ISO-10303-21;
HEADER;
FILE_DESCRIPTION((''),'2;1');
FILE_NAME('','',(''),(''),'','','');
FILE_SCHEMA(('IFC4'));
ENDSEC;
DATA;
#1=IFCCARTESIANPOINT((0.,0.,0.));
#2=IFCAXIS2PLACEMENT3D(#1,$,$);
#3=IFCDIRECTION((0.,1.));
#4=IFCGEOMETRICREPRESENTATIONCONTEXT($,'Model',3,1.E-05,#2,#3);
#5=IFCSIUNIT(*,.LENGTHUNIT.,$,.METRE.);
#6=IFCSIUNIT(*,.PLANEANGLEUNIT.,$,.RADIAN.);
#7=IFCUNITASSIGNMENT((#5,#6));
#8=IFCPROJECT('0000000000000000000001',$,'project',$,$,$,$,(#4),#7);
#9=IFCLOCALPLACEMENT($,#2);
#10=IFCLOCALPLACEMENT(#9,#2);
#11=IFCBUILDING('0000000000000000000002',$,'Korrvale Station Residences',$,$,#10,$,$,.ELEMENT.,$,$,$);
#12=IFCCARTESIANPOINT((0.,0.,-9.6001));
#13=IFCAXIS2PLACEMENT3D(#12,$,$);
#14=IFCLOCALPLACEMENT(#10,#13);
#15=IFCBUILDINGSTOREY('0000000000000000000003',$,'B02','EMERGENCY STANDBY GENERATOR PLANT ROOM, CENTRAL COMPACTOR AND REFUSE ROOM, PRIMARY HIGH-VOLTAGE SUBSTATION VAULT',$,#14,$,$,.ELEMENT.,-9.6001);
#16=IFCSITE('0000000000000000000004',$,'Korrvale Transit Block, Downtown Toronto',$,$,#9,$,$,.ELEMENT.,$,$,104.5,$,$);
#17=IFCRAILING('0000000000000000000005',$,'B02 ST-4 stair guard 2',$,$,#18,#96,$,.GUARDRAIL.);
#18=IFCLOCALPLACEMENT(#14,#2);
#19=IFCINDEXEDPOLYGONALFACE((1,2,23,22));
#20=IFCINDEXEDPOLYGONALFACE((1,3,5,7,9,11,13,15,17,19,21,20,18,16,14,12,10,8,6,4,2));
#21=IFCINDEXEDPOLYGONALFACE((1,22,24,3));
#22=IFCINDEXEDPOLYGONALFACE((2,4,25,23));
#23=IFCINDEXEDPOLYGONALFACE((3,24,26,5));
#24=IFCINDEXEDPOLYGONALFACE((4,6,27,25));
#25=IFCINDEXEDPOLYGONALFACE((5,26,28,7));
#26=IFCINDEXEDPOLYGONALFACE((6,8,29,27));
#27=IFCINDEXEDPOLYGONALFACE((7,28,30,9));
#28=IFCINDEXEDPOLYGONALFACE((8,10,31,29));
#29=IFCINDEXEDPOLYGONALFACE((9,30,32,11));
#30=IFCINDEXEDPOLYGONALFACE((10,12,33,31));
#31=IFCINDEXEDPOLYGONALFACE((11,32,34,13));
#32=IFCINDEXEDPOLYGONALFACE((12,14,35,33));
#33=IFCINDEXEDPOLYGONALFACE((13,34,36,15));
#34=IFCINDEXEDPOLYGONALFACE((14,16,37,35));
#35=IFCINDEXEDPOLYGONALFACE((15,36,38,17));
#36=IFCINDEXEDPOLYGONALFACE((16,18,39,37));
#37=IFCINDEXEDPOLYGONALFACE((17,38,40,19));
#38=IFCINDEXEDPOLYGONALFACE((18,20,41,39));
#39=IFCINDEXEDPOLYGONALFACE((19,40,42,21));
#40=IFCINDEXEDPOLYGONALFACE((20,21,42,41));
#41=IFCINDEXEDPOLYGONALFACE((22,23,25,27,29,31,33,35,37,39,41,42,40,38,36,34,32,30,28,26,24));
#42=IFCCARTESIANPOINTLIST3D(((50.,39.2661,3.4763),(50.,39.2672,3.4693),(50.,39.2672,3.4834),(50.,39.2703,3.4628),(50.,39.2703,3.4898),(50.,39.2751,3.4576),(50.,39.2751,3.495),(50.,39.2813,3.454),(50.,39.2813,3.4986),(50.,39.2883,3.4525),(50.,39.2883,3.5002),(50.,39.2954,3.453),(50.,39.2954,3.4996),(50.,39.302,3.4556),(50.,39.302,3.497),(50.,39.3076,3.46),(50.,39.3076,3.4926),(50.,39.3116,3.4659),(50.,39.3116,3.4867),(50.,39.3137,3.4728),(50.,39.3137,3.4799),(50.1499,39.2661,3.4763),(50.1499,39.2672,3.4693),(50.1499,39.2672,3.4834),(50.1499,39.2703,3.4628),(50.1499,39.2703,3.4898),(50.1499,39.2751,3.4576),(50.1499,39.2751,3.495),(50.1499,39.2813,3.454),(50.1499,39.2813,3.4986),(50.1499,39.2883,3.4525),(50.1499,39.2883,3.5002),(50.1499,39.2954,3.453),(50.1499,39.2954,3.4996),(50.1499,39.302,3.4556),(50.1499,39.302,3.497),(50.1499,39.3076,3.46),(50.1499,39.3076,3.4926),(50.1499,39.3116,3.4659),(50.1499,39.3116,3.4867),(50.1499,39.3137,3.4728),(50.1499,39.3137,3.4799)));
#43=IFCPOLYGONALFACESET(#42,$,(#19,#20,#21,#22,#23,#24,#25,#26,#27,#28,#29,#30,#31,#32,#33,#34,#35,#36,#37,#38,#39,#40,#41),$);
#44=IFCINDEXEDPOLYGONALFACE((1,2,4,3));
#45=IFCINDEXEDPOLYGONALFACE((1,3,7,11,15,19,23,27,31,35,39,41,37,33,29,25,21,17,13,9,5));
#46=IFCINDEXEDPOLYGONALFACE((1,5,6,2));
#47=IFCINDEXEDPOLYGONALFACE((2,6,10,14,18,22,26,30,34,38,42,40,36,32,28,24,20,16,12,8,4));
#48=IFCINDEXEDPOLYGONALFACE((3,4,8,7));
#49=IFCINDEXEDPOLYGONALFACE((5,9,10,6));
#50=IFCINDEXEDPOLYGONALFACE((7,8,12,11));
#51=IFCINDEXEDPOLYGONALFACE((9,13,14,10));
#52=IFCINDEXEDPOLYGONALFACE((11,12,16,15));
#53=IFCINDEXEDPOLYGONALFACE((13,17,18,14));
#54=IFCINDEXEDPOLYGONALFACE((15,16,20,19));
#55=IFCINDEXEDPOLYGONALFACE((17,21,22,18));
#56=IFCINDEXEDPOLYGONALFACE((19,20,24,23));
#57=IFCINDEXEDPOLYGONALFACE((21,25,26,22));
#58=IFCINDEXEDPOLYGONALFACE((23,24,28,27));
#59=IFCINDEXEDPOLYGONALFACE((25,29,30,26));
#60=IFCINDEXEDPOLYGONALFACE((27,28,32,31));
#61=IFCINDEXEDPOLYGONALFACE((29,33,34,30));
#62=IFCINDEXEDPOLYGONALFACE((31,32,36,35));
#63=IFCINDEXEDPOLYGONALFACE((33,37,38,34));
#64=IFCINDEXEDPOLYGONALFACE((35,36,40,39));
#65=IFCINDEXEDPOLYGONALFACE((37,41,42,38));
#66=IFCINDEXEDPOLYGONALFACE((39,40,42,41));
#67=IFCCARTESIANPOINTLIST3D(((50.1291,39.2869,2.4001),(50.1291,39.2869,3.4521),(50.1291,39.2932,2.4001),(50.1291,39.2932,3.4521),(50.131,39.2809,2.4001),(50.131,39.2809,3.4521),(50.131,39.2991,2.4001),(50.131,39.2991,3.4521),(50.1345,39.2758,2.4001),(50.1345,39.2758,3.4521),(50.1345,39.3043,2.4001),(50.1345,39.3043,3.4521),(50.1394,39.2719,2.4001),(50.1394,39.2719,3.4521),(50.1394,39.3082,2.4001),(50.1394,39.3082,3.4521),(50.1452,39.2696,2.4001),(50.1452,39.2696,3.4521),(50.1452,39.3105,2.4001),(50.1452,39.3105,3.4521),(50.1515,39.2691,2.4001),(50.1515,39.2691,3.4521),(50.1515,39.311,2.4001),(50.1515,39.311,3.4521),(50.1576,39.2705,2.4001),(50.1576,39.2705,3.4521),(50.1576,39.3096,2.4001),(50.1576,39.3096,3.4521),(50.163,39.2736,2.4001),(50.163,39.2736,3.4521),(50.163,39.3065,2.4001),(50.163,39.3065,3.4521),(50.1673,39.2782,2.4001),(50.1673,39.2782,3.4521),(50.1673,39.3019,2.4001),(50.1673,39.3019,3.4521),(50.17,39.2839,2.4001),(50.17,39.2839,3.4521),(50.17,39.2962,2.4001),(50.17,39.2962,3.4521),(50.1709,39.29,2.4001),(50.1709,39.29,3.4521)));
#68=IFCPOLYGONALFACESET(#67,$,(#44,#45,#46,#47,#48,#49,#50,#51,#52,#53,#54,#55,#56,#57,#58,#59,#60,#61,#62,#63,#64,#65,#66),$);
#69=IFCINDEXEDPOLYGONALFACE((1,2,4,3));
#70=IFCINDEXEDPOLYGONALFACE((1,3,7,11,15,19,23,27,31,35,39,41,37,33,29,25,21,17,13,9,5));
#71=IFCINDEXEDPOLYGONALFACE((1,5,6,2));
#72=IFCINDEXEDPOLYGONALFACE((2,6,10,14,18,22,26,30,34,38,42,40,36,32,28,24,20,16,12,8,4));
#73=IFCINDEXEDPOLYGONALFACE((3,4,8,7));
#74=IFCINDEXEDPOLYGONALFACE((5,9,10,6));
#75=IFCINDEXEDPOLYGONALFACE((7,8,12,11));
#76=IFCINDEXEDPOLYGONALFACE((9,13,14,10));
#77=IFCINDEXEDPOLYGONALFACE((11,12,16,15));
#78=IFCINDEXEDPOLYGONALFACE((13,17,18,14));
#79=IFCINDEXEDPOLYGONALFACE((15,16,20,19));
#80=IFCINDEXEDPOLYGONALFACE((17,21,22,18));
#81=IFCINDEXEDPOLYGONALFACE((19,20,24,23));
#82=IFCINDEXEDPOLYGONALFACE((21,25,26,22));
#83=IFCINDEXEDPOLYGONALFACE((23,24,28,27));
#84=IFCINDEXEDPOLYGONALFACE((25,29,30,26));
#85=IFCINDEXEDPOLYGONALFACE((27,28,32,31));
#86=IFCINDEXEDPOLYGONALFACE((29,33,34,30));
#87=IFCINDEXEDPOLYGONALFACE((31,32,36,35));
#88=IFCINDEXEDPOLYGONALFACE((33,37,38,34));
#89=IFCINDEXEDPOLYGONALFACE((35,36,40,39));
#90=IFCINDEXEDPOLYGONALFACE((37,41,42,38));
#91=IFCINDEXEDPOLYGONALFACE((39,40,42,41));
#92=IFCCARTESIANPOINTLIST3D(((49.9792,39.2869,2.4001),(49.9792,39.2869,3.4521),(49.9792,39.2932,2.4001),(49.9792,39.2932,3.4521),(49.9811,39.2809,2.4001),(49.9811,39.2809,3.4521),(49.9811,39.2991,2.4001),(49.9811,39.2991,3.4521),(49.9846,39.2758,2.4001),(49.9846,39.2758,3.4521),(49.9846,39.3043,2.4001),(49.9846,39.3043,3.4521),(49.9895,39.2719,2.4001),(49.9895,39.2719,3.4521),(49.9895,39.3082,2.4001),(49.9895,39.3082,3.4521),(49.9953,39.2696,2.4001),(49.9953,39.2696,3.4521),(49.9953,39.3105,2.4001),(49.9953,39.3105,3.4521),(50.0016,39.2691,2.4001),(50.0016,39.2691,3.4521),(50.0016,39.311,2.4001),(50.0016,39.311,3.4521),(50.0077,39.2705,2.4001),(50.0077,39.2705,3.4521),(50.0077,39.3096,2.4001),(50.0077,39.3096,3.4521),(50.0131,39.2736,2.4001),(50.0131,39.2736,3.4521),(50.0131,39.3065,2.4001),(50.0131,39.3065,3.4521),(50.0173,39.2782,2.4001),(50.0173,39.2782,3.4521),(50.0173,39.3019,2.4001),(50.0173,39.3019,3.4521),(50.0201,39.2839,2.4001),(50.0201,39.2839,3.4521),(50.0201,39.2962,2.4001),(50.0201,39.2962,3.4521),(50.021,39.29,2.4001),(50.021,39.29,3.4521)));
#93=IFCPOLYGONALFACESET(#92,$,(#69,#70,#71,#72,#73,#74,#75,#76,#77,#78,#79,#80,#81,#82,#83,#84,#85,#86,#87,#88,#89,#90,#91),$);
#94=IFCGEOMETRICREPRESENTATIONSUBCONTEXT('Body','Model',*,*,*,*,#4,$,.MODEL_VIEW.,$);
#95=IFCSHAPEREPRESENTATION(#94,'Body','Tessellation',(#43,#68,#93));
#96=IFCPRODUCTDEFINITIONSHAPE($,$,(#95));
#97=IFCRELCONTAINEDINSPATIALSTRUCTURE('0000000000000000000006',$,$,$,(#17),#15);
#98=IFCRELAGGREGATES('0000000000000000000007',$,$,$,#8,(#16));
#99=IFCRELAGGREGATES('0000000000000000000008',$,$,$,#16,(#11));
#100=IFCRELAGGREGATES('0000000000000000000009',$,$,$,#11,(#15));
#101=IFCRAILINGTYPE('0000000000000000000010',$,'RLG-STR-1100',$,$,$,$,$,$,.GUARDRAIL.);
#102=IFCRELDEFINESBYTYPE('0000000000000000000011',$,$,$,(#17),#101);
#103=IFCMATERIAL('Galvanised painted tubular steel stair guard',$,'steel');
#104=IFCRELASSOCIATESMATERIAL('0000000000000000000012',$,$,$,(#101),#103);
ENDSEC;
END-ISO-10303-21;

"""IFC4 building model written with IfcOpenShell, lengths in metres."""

from ifc_helpers import new_model, si_unit, direction, frame, origin, origin_2d, place, context, subcontext, project, spatial, circle, extrude, material, type_object, element, save


model = new_model("IFC4")

# Units and contexts
model_context = context("Model", 3, precision=1e-05, world=origin(), true_north=direction((0.0, 1.0)))
body_context = subcontext(model_context, "Body", "Model", "MODEL_VIEW")
ifc_project = project(units=[si_unit("LENGTHUNIT", "METRE"), si_unit("PLANEANGLEUNIT", "RADIAN")], contexts=[model_context])

# Site, building, storey
site_placement = place(None, origin())
site = spatial("IfcSite", under=ifc_project, at=site_placement, Name="Korrvale Transit Block, Downtown Toronto", CompositionType="ELEMENT", RefElevation=104.5)
building_placement = place(site_placement, origin())
building = spatial("IfcBuilding", under=site, at=building_placement, Name="Korrvale Station Residences", CompositionType="ELEMENT")
storey_placement = place(building_placement, frame((0.0, 0.0, -9.6001)))
storey = spatial("IfcBuildingStorey", under=building, at=storey_placement, Name="B02", Description="EMERGENCY STANDBY GENERATOR PLANT ROOM, CENTRAL COMPACTOR AND REFUSE ROOM, PRIMARY HIGH-VOLTAGE SUBSTATION VAULT", CompositionType="ELEMENT", Elevation=-9.6001)

# Railing
ifc_material_1 = material(Name="Galvanised painted tubular steel stair guard", Category="steel")
railing_type_1 = type_object("IfcRailingType", Name="RLG-STR-1100", PredefinedType="GUARDRAIL", material=ifc_material_1)
railing_1_placement = place(storey_placement, frame((50.1499, 39.29, 2.4001)))
element("IfcRailing", 1, at=railing_1_placement, inside=storey, type_object=railing_type_1, Name="B02 ST-4 stair guard 2", PredefinedType="GUARDRAIL", context=body_context, shape_type="SweptSolid", body=[
    extrude(circle(Radius=0.0239, at=origin_2d()), frame((0.0, 0.0, 1.0762), z_axis=(-1.0, 0.0, 0.0), x_axis=(0.0, -1.0, 0.0)), (0.0, 0.0, 1.0), 0.1499),
    extrude(circle(Radius=0.021, at=origin_2d()), origin(), (0.0, 0.0, 1.0), 1.052),
    extrude(circle(Radius=0.021, at=origin_2d()), frame((-0.1499, 0.0, 0.0)), (0.0, 0.0, 1.0), 1.052),
])

save(model, "model.ifc")
